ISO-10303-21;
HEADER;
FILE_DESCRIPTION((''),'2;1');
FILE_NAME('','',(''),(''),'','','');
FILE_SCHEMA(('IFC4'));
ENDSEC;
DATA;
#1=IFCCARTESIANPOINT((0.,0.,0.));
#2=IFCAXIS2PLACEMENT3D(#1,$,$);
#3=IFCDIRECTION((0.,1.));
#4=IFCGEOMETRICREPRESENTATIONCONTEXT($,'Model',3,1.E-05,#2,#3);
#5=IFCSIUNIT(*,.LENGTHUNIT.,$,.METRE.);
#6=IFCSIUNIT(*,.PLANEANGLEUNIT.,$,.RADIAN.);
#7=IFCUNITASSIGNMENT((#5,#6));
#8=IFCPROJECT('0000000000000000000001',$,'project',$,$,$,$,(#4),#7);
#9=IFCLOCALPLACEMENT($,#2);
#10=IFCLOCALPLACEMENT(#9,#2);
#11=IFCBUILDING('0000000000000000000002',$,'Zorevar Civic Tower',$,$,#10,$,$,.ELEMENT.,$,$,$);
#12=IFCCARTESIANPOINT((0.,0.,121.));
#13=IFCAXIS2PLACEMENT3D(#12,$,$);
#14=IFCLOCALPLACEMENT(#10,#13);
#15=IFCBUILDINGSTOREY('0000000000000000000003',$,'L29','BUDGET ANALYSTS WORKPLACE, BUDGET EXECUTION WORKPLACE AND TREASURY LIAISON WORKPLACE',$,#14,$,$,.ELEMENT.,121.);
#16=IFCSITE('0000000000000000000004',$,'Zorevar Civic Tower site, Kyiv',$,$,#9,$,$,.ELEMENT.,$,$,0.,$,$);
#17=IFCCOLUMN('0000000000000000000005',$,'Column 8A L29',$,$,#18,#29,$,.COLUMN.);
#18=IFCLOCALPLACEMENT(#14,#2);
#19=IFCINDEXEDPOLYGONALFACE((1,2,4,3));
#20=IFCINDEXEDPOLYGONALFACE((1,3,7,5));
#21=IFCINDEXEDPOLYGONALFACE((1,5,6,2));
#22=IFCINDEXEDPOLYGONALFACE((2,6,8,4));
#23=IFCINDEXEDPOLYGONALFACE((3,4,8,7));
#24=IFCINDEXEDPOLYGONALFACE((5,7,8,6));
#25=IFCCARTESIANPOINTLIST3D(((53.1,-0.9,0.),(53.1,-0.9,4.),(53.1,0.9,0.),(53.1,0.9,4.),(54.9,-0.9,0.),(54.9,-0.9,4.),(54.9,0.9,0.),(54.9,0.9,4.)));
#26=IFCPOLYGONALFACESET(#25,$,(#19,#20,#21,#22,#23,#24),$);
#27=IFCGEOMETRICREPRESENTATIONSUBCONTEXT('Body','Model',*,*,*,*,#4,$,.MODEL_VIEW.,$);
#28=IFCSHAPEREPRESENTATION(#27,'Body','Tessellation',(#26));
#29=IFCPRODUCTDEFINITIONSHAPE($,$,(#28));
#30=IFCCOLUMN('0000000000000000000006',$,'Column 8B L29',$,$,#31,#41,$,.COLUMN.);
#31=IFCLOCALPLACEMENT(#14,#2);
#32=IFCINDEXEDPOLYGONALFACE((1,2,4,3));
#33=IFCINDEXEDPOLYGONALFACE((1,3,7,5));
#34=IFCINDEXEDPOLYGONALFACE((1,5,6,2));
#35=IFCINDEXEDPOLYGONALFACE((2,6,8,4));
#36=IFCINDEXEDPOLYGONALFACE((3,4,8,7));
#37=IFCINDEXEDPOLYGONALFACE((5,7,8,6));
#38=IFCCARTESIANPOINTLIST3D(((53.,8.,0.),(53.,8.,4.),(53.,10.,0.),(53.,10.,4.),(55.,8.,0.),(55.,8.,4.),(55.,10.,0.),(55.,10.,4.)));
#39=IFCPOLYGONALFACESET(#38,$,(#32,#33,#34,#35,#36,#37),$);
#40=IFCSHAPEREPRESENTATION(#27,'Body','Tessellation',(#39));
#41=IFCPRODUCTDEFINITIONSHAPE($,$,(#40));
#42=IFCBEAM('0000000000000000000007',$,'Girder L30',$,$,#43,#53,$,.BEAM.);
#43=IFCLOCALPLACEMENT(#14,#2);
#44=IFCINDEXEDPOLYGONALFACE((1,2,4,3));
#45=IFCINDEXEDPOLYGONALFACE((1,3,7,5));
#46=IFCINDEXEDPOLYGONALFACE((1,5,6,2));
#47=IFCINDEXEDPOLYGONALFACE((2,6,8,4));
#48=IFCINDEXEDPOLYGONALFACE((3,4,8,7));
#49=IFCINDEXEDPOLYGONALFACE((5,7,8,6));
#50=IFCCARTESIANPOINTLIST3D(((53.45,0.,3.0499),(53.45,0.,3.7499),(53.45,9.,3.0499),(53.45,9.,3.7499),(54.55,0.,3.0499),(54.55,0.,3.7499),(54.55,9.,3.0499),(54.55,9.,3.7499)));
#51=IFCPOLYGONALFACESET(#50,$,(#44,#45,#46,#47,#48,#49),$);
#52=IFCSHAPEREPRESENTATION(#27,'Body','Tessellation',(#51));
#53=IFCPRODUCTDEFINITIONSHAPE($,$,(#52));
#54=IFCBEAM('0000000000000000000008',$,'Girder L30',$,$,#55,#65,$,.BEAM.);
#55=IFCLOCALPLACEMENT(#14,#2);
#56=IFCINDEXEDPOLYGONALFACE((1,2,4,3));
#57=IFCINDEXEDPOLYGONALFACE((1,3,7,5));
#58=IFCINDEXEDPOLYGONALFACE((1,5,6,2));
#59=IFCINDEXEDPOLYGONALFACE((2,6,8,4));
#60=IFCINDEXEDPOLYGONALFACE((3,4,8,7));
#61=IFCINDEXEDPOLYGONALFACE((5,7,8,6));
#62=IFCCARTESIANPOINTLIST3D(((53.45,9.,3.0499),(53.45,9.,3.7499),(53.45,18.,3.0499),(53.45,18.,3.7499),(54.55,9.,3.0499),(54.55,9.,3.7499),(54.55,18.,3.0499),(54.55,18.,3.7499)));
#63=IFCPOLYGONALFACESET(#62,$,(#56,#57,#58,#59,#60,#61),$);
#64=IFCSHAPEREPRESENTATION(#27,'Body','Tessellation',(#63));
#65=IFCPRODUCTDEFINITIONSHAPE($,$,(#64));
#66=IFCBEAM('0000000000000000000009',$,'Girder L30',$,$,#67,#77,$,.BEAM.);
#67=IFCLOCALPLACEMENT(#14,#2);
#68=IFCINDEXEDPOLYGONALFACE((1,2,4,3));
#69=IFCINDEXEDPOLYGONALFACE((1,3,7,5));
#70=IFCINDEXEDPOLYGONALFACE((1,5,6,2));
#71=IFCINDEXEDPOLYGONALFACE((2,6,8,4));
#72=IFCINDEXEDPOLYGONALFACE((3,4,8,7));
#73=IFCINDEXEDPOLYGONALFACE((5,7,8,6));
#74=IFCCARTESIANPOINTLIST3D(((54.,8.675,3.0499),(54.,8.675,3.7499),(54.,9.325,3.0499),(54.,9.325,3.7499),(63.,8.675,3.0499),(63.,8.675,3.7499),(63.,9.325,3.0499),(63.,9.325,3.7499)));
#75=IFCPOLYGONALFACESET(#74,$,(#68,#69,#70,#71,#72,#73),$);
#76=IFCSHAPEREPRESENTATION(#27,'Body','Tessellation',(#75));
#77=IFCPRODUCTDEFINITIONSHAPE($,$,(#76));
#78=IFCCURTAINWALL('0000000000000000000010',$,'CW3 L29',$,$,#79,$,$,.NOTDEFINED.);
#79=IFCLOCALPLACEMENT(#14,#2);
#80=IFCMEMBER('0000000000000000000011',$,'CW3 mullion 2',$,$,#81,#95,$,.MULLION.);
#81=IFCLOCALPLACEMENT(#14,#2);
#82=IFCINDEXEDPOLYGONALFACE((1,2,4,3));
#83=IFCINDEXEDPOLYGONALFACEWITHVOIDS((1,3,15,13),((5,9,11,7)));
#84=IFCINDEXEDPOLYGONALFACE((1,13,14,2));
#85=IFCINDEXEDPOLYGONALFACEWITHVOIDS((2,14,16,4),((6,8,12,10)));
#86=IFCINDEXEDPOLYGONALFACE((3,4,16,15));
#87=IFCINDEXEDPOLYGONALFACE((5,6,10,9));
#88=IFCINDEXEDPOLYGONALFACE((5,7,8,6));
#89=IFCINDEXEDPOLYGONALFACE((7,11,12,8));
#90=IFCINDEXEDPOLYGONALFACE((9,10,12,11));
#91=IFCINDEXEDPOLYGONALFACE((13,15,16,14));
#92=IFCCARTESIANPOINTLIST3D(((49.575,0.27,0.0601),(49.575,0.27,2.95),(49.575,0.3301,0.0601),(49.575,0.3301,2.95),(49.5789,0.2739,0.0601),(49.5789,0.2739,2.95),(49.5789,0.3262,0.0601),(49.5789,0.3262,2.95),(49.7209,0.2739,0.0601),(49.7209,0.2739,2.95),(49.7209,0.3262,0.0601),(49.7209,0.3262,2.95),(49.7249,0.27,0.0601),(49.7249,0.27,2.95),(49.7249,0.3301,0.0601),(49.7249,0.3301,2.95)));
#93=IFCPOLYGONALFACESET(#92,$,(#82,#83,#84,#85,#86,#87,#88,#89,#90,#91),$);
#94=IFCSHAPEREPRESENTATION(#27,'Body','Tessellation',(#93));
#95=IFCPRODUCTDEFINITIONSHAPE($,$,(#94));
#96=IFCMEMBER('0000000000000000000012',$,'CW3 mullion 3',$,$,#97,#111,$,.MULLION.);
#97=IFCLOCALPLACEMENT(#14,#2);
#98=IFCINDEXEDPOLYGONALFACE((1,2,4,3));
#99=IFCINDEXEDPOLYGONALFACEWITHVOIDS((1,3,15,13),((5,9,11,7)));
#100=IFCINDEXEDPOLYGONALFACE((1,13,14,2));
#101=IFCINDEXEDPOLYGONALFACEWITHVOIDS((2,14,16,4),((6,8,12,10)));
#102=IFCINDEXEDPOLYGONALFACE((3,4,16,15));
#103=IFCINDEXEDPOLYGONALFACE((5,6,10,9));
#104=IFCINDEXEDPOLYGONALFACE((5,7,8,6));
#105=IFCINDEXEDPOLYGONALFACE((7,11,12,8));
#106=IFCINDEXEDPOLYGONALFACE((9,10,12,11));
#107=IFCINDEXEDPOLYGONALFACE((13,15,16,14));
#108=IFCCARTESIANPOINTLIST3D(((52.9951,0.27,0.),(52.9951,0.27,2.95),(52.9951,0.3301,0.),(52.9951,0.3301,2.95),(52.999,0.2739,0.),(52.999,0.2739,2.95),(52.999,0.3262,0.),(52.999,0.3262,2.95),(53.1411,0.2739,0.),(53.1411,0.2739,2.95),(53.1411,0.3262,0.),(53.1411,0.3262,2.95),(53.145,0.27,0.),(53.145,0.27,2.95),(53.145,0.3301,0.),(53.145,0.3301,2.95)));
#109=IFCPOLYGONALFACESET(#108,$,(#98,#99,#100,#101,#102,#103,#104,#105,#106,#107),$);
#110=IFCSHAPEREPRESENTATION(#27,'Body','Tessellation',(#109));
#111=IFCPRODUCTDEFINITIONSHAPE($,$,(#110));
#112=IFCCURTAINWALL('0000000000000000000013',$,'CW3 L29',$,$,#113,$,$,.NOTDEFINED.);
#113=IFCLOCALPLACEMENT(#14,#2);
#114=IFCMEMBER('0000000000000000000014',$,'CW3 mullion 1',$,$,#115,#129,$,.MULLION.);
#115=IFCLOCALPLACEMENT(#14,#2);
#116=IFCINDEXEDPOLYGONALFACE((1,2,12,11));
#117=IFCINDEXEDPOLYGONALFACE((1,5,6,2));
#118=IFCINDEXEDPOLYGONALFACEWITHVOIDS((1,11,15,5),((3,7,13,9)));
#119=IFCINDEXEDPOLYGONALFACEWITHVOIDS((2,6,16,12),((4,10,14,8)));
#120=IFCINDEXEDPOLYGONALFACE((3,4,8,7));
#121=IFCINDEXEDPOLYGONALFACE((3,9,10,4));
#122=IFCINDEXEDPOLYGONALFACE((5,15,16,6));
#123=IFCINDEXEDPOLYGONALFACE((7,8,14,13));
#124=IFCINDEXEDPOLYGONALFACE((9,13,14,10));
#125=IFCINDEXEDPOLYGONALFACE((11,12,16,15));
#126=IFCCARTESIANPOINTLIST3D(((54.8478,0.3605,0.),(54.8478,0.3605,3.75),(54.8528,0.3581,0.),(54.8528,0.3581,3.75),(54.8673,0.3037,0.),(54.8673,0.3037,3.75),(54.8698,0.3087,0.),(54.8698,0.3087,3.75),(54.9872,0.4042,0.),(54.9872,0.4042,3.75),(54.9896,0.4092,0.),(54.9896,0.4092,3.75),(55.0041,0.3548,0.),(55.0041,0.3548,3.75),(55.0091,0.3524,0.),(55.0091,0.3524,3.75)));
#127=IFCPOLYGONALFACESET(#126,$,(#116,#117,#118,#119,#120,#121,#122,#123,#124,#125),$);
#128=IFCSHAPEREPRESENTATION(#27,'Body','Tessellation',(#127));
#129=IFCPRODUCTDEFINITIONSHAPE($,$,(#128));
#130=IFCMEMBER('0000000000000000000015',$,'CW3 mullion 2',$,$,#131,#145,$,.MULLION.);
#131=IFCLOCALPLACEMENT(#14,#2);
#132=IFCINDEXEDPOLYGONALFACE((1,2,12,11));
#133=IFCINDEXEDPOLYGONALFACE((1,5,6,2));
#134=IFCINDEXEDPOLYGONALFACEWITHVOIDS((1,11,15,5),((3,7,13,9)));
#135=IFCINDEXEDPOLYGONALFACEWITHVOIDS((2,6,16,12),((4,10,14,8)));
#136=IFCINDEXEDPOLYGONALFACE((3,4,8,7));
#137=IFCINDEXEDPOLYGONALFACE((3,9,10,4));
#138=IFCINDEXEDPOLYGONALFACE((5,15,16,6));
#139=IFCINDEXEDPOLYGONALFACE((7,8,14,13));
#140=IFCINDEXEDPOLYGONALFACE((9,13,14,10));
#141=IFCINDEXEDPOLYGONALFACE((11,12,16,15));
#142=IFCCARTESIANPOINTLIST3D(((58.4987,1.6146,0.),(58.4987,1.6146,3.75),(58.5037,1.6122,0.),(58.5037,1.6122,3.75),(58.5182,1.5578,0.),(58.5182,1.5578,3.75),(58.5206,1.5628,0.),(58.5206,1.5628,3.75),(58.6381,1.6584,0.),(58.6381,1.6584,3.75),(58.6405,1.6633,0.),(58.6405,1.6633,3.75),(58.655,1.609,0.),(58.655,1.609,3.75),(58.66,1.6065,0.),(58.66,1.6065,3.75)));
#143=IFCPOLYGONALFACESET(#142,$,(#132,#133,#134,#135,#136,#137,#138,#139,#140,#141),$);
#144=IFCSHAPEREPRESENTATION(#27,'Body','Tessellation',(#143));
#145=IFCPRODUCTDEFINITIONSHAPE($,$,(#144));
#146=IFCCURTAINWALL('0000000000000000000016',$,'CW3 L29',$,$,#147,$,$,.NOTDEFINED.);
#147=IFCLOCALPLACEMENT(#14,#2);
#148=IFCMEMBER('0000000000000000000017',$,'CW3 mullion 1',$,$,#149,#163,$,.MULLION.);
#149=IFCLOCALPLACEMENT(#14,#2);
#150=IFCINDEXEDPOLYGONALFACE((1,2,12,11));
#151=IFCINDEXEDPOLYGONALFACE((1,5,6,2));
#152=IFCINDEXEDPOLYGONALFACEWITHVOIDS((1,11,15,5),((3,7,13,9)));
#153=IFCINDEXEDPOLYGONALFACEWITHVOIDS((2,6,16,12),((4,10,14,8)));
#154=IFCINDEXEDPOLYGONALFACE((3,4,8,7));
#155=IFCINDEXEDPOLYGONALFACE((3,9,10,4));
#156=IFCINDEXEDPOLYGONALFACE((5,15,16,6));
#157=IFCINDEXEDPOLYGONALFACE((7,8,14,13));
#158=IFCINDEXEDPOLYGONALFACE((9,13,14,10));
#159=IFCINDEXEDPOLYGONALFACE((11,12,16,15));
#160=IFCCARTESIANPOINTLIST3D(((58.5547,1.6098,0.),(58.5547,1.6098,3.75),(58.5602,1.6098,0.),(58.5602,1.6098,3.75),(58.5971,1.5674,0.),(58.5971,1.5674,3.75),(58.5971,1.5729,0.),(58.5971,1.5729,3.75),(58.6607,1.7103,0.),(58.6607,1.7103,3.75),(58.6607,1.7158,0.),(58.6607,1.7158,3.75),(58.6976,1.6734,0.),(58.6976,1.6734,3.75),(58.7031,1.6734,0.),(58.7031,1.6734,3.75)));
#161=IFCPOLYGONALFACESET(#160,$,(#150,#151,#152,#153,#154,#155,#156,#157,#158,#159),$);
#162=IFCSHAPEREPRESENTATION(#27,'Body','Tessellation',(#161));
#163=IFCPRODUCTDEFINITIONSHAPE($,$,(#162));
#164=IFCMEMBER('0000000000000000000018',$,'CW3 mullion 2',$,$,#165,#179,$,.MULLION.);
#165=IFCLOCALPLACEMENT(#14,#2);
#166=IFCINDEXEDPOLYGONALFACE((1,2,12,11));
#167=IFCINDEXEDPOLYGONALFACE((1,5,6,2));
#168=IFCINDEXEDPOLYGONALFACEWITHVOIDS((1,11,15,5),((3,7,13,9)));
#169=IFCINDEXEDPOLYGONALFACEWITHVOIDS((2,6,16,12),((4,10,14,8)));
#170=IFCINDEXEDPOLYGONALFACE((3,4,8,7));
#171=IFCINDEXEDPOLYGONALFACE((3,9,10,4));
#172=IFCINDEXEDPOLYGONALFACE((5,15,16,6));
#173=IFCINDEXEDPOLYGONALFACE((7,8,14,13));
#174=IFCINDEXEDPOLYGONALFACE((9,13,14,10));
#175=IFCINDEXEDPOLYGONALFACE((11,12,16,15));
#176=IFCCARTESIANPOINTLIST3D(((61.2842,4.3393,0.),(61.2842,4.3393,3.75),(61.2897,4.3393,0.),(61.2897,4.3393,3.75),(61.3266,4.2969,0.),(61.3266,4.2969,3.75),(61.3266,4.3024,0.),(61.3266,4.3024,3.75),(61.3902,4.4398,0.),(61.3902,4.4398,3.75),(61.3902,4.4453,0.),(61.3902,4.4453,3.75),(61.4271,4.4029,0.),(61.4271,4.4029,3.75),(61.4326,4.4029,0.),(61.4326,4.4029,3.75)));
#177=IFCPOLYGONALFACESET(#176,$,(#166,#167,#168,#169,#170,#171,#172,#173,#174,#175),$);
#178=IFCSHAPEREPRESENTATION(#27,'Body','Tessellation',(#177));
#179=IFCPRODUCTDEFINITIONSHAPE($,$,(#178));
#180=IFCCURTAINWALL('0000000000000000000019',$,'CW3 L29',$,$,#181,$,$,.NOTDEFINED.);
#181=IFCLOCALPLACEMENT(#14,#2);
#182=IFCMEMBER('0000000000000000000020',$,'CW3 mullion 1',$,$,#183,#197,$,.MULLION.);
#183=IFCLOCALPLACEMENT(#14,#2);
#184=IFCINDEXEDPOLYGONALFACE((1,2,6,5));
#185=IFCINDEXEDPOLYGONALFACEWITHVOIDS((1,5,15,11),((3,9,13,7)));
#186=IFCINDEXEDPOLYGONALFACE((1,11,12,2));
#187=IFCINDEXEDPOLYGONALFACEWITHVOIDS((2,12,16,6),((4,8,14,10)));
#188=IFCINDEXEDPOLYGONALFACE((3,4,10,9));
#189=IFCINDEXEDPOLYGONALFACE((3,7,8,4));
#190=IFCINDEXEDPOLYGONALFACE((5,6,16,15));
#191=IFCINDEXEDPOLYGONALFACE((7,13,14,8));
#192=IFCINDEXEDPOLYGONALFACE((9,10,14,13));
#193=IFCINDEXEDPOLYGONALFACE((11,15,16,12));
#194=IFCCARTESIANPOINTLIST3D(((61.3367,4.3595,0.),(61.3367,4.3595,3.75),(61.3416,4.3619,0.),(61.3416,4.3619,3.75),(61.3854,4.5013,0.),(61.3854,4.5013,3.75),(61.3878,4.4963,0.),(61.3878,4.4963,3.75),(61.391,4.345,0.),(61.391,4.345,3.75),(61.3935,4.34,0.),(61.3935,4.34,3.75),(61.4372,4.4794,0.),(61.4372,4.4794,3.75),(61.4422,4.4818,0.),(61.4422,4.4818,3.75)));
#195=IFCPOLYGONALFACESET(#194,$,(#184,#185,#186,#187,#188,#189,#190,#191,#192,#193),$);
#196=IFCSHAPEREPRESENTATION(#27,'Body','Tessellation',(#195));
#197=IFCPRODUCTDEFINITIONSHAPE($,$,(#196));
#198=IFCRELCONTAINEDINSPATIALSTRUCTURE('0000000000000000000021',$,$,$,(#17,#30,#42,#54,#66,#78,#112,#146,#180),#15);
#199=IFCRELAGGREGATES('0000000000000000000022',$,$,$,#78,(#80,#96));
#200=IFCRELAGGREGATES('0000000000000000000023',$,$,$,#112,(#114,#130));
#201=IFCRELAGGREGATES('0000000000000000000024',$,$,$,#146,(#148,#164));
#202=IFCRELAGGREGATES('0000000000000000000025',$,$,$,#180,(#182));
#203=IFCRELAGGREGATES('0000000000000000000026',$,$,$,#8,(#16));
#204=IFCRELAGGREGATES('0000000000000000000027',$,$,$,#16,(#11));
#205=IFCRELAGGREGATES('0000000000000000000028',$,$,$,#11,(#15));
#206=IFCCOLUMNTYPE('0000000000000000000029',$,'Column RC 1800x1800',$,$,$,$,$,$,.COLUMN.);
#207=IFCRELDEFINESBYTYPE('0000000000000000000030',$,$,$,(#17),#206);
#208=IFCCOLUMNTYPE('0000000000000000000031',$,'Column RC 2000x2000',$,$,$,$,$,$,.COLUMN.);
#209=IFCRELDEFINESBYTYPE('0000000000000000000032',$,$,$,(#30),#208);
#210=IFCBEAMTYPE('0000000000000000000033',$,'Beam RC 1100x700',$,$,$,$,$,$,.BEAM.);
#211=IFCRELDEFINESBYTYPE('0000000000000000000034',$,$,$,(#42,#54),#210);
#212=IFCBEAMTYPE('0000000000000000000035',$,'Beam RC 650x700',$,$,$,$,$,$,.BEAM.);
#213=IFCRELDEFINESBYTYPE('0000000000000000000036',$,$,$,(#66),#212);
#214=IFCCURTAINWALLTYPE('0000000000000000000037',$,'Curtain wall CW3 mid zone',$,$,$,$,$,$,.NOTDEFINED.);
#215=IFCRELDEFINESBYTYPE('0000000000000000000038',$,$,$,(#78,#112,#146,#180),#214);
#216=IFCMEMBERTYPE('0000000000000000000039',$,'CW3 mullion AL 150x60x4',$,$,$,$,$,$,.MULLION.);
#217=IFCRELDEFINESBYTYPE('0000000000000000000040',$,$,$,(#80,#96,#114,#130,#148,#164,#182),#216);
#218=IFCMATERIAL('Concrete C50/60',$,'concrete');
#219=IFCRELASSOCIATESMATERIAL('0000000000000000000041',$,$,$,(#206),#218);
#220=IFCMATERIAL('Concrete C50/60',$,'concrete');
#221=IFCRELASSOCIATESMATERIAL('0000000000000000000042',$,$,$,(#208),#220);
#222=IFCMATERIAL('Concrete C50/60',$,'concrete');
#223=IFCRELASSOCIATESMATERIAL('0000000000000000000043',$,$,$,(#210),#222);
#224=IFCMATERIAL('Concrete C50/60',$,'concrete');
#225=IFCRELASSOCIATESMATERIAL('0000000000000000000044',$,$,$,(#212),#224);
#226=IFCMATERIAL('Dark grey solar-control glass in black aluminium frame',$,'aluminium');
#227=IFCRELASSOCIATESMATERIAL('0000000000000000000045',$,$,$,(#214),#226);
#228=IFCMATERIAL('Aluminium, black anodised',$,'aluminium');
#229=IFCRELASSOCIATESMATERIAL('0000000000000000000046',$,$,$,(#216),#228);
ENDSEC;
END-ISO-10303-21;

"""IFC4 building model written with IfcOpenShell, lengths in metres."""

from ifc_helpers import new_model, si_unit, direction, frame, origin, origin_2d, place, context, subcontext, project, spatial, rectangle, hollow_rectangle, extrude, material, material_profile, profile_set, type_object, element, aggregate, save


model = new_model("IFC4")

# Units and contexts
model_context = context("Model", 3, precision=1e-05, world=origin(), true_north=direction((0.0, 1.0)))
body_context = subcontext(model_context, "Body", "Model", "MODEL_VIEW")
ifc_project = project(units=[si_unit("LENGTHUNIT", "METRE"), si_unit("PLANEANGLEUNIT", "RADIAN")], contexts=[model_context])

# Site, building, storey
site_placement = place(None, origin())
site = spatial("IfcSite", under=ifc_project, at=site_placement, Name="Zorevar Civic Tower site, Kyiv", CompositionType="ELEMENT", RefElevation=0.0)
building_placement = place(site_placement, origin())
building = spatial("IfcBuilding", under=site, at=building_placement, Name="Zorevar Civic Tower", CompositionType="ELEMENT")
storey_placement = place(building_placement, frame((0.0, 0.0, 121.0)))
storey = spatial("IfcBuildingStorey", under=building, at=storey_placement, Name="L29", Description="BUDGET ANALYSTS WORKPLACE, BUDGET EXECUTION WORKPLACE AND TREASURY LIAISON WORKPLACE", CompositionType="ELEMENT", Elevation=121.0)

# Columns
ifc_material_1 = material(Name="Concrete C50/60", Category="concrete")
ifc_material_profile_1 = material_profile(ifc_material_1, rectangle(XDim=1.8, YDim=1.8, at=origin_2d()), Name="RC 1800x1800")
ifc_profile_set_1 = profile_set([ifc_material_profile_1], Name="Concrete C50/60")
column_type_1 = type_object("IfcColumnType", Name="Column RC 1800x1800", PredefinedType="COLUMN", material=ifc_profile_set_1)
column_1_placement = place(storey_placement, frame((54.0, 0.0, 0.0), z_axis=(0.0, 0.0, 1.0), x_axis=(1.0, 0.0, 0.0)))
element("IfcColumn", 1, at=column_1_placement, inside=storey, type_object=column_type_1, Name="Column 8A L29", PredefinedType="COLUMN", context=body_context, shape_type="SweptSolid", body=[
    extrude(rectangle(XDim=1.8, YDim=1.8, at=origin_2d()), origin(), (0.0, 0.0, 1.0), 4.0),
])
ifc_material_2 = material(Name="Concrete C50/60", Category="concrete")
ifc_material_profile_2 = material_profile(ifc_material_2, rectangle(XDim=2.0, YDim=2.0, at=origin_2d()), Name="RC 2000x2000")
ifc_profile_set_2 = profile_set([ifc_material_profile_2], Name="Concrete C50/60")
column_type_2 = type_object("IfcColumnType", Name="Column RC 2000x2000", PredefinedType="COLUMN", material=ifc_profile_set_2)
column_2_placement = place(storey_placement, frame((54.0, 9.0, 0.0), z_axis=(0.0, 0.0, 1.0), x_axis=(1.0, 0.0, 0.0)))
element("IfcColumn", 2, at=column_2_placement, inside=storey, type_object=column_type_2, Name="Column 8B L29", PredefinedType="COLUMN", context=body_context, shape_type="SweptSolid", body=[
    extrude(rectangle(XDim=2.0, YDim=2.0, at=origin_2d()), origin(), (0.0, 0.0, 1.0), 4.0),
])

# Beams
ifc_material_3 = material(Name="Concrete C50/60", Category="concrete")
ifc_material_profile_3 = material_profile(ifc_material_3, rectangle(XDim=1.1001, YDim=0.7, at=origin_2d()), Name="RC 1100x700")
ifc_profile_set_3 = profile_set([ifc_material_profile_3], Name="Concrete C50/60")
beam_type_1 = type_object("IfcBeamType", Name="Beam RC 1100x700", PredefinedType="BEAM", material=ifc_profile_set_3)
for number, where, z_axis, x_axis, name in (
    (3, (54.0, 0.0, 3.3999), (0.0, 1.0, 0.0), (-1.0, 0.0, 0.0), "Girder L30"),
    (4, (54.0, 9.0, 3.3999), (0.0, 1.0, 0.0), (-1.0, 0.0, 0.0), "Girder L30"),
):
    element("IfcBeam", number, at=place(storey_placement, frame(where, z_axis=z_axis, x_axis=x_axis)), inside=storey, type_object=beam_type_1, Name=name, PredefinedType="BEAM", context=body_context, shape_type="SweptSolid", body=[
        extrude(rectangle(XDim=1.1001, YDim=0.7, at=origin_2d()), origin(), (0.0, 0.0, 1.0), 9.0),
    ])
ifc_material_4 = material(Name="Concrete C50/60", Category="concrete")
ifc_material_profile_4 = material_profile(ifc_material_4, rectangle(XDim=0.6499, YDim=0.7, at=origin_2d()), Name="RC 650x700")
ifc_profile_set_4 = profile_set([ifc_material_profile_4], Name="Concrete C50/60")
beam_type_2 = type_object("IfcBeamType", Name="Beam RC 650x700", PredefinedType="BEAM", material=ifc_profile_set_4)
beam_1_placement = place(storey_placement, frame((54.0, 9.0, 3.3999), z_axis=(1.0, 0.0, 0.0), x_axis=(0.0, 1.0, 0.0)))
element("IfcBeam", 5, at=beam_1_placement, inside=storey, type_object=beam_type_2, Name="Girder L30", PredefinedType="BEAM", context=body_context, shape_type="SweptSolid", body=[
    extrude(rectangle(XDim=0.6499, YDim=0.7, at=origin_2d()), origin(), (0.0, 0.0, 1.0), 9.0),
])

# Curtain walls, members
ifc_material_5 = material(Name="Dark grey solar-control glass in black aluminium frame", Category="aluminium")
curtain_wall_type = type_object("IfcCurtainWallType", Name="Curtain wall CW3 mid zone", PredefinedType="NOTDEFINED", material=ifc_material_5)
curtain_wall_1_placement = place(storey_placement, origin())
curtain_wall_1 = element("IfcCurtainWall", 6, at=curtain_wall_1_placement, inside=storey, type_object=curtain_wall_type, Name="CW3 L29", PredefinedType="NOTDEFINED")
ifc_material_6 = material(Name="Aluminium, black anodised", Category="aluminium")
ifc_material_profile_5 = material_profile(ifc_material_6, hollow_rectangle(XDim=0.0601, YDim=0.1499, WallThickness=0.0039, at=origin_2d()), Name="AL 150x60x4")
ifc_profile_set_5 = profile_set([ifc_material_profile_5], Name="Aluminium, black anodised")
member_type_1 = type_object("IfcMemberType", Name="CW3 mullion AL 150x60x4", PredefinedType="MULLION", material=ifc_profile_set_5)
member_1_placement = place(storey_placement, frame((49.6499, 0.3, 0.0601), z_axis=(0.0, 0.0, 1.0), x_axis=(0.0, 1.0, 0.0)))
member_1 = element("IfcMember", 7, at=member_1_placement, type_object=member_type_1, Name="CW3 mullion 2", PredefinedType="MULLION", context=body_context, shape_type="SweptSolid", body=[
    extrude(hollow_rectangle(XDim=0.0601, YDim=0.1499, WallThickness=0.0039, at=origin_2d()), origin(), (0.0, 0.0, 1.0), 2.8899),
])
member_2_placement = place(storey_placement, frame((53.0701, 0.3, 0.0), z_axis=(0.0, 0.0, 1.0), x_axis=(0.0, 1.0, 0.0)))
member_2 = element("IfcMember", 8, at=member_2_placement, type_object=member_type_1, Name="CW3 mullion 3", PredefinedType="MULLION", context=body_context, shape_type="SweptSolid", body=[
    extrude(hollow_rectangle(XDim=0.0601, YDim=0.1499, WallThickness=0.0039, at=origin_2d()), origin(), (0.0, 0.0, 1.0), 2.95),
])
curtain_wall_2_placement = place(storey_placement, origin())
curtain_wall_2 = element("IfcCurtainWall", 9, at=curtain_wall_2_placement, inside=storey, type_object=curtain_wall_type, Name="CW3 L29", PredefinedType="NOTDEFINED")
member_3_placement = place(storey_placement, frame((54.9285, 0.3564, 0.0), z_axis=(0.0, 0.0, 1.0), x_axis=(-0.324878, 0.945756, 0.0)))
member_3 = element("IfcMember", 10, at=member_3_placement, type_object=member_type_1, Name="CW3 mullion 1", PredefinedType="MULLION", context=body_context, shape_type="SweptSolid", body=[
    extrude(hollow_rectangle(XDim=0.0601, YDim=0.1499, WallThickness=0.0039, at=origin_2d()), origin(), (0.0, 0.0, 1.0), 3.75),
])
member_4_placement = place(storey_placement, frame((58.5793, 1.6106, 0.0), z_axis=(0.0, 0.0, 1.0), x_axis=(-0.324878, 0.945756, 0.0)))
member_4 = element("IfcMember", 11, at=member_4_placement, type_object=member_type_1, Name="CW3 mullion 2", PredefinedType="MULLION", context=body_context, shape_type="SweptSolid", body=[
    extrude(hollow_rectangle(XDim=0.0601, YDim=0.1499, WallThickness=0.0039, at=origin_2d()), origin(), (0.0, 0.0, 1.0), 3.75),
])
curtain_wall_3_placement = place(storey_placement, origin())
curtain_wall_3 = element("IfcCurtainWall", 12, at=curtain_wall_3_placement, inside=storey, type_object=curtain_wall_type, Name="CW3 L29", PredefinedType="NOTDEFINED")
member_5_placement = place(storey_placement, frame((58.6289, 1.6416, 0.0), z_axis=(0.0, 0.0, 1.0), x_axis=(-0.707107, 0.707107, 0.0)))
member_5 = element("IfcMember", 13, at=member_5_placement, type_object=member_type_1, Name="CW3 mullion 1", PredefinedType="MULLION", context=body_context, shape_type="SweptSolid", body=[
    extrude(hollow_rectangle(XDim=0.0601, YDim=0.1499, WallThickness=0.0039, at=origin_2d()), origin(), (0.0, 0.0, 1.0), 3.75),
])
member_6_placement = place(storey_placement, frame((61.3584, 4.3711, 0.0), z_axis=(0.0, 0.0, 1.0), x_axis=(-0.707107, 0.707107, 0.0)))
member_6 = element("IfcMember", 14, at=member_6_placement, type_object=member_type_1, Name="CW3 mullion 2", PredefinedType="MULLION", context=body_context, shape_type="SweptSolid", body=[
    extrude(hollow_rectangle(XDim=0.0601, YDim=0.1499, WallThickness=0.0039, at=origin_2d()), origin(), (0.0, 0.0, 1.0), 3.75),
])
curtain_wall_4_placement = place(storey_placement, origin())
curtain_wall_4 = element("IfcCurtainWall", 15, at=curtain_wall_4_placement, inside=storey, type_object=curtain_wall_type, Name="CW3 L29", PredefinedType="NOTDEFINED")
member_7_placement = place(storey_placement, frame((61.3894, 4.4207, 0.0), z_axis=(0.0, 0.0, 1.0), x_axis=(-0.945756, 0.324878, 0.0)))
member_7 = element("IfcMember", 16, at=member_7_placement, type_object=member_type_1, Name="CW3 mullion 1", PredefinedType="MULLION", context=body_context, shape_type="SweptSolid", body=[
    extrude(hollow_rectangle(XDim=0.0601, YDim=0.1499, WallThickness=0.0039, at=origin_2d()), origin(), (0.0, 0.0, 1.0), 3.75),
])

aggregate(curtain_wall_1, [member_1, member_2])
aggregate(curtain_wall_2, [member_3, member_4])
aggregate(curtain_wall_3, [member_5, member_6])
aggregate(curtain_wall_4, [member_7])

save(model, "model.ifc")
